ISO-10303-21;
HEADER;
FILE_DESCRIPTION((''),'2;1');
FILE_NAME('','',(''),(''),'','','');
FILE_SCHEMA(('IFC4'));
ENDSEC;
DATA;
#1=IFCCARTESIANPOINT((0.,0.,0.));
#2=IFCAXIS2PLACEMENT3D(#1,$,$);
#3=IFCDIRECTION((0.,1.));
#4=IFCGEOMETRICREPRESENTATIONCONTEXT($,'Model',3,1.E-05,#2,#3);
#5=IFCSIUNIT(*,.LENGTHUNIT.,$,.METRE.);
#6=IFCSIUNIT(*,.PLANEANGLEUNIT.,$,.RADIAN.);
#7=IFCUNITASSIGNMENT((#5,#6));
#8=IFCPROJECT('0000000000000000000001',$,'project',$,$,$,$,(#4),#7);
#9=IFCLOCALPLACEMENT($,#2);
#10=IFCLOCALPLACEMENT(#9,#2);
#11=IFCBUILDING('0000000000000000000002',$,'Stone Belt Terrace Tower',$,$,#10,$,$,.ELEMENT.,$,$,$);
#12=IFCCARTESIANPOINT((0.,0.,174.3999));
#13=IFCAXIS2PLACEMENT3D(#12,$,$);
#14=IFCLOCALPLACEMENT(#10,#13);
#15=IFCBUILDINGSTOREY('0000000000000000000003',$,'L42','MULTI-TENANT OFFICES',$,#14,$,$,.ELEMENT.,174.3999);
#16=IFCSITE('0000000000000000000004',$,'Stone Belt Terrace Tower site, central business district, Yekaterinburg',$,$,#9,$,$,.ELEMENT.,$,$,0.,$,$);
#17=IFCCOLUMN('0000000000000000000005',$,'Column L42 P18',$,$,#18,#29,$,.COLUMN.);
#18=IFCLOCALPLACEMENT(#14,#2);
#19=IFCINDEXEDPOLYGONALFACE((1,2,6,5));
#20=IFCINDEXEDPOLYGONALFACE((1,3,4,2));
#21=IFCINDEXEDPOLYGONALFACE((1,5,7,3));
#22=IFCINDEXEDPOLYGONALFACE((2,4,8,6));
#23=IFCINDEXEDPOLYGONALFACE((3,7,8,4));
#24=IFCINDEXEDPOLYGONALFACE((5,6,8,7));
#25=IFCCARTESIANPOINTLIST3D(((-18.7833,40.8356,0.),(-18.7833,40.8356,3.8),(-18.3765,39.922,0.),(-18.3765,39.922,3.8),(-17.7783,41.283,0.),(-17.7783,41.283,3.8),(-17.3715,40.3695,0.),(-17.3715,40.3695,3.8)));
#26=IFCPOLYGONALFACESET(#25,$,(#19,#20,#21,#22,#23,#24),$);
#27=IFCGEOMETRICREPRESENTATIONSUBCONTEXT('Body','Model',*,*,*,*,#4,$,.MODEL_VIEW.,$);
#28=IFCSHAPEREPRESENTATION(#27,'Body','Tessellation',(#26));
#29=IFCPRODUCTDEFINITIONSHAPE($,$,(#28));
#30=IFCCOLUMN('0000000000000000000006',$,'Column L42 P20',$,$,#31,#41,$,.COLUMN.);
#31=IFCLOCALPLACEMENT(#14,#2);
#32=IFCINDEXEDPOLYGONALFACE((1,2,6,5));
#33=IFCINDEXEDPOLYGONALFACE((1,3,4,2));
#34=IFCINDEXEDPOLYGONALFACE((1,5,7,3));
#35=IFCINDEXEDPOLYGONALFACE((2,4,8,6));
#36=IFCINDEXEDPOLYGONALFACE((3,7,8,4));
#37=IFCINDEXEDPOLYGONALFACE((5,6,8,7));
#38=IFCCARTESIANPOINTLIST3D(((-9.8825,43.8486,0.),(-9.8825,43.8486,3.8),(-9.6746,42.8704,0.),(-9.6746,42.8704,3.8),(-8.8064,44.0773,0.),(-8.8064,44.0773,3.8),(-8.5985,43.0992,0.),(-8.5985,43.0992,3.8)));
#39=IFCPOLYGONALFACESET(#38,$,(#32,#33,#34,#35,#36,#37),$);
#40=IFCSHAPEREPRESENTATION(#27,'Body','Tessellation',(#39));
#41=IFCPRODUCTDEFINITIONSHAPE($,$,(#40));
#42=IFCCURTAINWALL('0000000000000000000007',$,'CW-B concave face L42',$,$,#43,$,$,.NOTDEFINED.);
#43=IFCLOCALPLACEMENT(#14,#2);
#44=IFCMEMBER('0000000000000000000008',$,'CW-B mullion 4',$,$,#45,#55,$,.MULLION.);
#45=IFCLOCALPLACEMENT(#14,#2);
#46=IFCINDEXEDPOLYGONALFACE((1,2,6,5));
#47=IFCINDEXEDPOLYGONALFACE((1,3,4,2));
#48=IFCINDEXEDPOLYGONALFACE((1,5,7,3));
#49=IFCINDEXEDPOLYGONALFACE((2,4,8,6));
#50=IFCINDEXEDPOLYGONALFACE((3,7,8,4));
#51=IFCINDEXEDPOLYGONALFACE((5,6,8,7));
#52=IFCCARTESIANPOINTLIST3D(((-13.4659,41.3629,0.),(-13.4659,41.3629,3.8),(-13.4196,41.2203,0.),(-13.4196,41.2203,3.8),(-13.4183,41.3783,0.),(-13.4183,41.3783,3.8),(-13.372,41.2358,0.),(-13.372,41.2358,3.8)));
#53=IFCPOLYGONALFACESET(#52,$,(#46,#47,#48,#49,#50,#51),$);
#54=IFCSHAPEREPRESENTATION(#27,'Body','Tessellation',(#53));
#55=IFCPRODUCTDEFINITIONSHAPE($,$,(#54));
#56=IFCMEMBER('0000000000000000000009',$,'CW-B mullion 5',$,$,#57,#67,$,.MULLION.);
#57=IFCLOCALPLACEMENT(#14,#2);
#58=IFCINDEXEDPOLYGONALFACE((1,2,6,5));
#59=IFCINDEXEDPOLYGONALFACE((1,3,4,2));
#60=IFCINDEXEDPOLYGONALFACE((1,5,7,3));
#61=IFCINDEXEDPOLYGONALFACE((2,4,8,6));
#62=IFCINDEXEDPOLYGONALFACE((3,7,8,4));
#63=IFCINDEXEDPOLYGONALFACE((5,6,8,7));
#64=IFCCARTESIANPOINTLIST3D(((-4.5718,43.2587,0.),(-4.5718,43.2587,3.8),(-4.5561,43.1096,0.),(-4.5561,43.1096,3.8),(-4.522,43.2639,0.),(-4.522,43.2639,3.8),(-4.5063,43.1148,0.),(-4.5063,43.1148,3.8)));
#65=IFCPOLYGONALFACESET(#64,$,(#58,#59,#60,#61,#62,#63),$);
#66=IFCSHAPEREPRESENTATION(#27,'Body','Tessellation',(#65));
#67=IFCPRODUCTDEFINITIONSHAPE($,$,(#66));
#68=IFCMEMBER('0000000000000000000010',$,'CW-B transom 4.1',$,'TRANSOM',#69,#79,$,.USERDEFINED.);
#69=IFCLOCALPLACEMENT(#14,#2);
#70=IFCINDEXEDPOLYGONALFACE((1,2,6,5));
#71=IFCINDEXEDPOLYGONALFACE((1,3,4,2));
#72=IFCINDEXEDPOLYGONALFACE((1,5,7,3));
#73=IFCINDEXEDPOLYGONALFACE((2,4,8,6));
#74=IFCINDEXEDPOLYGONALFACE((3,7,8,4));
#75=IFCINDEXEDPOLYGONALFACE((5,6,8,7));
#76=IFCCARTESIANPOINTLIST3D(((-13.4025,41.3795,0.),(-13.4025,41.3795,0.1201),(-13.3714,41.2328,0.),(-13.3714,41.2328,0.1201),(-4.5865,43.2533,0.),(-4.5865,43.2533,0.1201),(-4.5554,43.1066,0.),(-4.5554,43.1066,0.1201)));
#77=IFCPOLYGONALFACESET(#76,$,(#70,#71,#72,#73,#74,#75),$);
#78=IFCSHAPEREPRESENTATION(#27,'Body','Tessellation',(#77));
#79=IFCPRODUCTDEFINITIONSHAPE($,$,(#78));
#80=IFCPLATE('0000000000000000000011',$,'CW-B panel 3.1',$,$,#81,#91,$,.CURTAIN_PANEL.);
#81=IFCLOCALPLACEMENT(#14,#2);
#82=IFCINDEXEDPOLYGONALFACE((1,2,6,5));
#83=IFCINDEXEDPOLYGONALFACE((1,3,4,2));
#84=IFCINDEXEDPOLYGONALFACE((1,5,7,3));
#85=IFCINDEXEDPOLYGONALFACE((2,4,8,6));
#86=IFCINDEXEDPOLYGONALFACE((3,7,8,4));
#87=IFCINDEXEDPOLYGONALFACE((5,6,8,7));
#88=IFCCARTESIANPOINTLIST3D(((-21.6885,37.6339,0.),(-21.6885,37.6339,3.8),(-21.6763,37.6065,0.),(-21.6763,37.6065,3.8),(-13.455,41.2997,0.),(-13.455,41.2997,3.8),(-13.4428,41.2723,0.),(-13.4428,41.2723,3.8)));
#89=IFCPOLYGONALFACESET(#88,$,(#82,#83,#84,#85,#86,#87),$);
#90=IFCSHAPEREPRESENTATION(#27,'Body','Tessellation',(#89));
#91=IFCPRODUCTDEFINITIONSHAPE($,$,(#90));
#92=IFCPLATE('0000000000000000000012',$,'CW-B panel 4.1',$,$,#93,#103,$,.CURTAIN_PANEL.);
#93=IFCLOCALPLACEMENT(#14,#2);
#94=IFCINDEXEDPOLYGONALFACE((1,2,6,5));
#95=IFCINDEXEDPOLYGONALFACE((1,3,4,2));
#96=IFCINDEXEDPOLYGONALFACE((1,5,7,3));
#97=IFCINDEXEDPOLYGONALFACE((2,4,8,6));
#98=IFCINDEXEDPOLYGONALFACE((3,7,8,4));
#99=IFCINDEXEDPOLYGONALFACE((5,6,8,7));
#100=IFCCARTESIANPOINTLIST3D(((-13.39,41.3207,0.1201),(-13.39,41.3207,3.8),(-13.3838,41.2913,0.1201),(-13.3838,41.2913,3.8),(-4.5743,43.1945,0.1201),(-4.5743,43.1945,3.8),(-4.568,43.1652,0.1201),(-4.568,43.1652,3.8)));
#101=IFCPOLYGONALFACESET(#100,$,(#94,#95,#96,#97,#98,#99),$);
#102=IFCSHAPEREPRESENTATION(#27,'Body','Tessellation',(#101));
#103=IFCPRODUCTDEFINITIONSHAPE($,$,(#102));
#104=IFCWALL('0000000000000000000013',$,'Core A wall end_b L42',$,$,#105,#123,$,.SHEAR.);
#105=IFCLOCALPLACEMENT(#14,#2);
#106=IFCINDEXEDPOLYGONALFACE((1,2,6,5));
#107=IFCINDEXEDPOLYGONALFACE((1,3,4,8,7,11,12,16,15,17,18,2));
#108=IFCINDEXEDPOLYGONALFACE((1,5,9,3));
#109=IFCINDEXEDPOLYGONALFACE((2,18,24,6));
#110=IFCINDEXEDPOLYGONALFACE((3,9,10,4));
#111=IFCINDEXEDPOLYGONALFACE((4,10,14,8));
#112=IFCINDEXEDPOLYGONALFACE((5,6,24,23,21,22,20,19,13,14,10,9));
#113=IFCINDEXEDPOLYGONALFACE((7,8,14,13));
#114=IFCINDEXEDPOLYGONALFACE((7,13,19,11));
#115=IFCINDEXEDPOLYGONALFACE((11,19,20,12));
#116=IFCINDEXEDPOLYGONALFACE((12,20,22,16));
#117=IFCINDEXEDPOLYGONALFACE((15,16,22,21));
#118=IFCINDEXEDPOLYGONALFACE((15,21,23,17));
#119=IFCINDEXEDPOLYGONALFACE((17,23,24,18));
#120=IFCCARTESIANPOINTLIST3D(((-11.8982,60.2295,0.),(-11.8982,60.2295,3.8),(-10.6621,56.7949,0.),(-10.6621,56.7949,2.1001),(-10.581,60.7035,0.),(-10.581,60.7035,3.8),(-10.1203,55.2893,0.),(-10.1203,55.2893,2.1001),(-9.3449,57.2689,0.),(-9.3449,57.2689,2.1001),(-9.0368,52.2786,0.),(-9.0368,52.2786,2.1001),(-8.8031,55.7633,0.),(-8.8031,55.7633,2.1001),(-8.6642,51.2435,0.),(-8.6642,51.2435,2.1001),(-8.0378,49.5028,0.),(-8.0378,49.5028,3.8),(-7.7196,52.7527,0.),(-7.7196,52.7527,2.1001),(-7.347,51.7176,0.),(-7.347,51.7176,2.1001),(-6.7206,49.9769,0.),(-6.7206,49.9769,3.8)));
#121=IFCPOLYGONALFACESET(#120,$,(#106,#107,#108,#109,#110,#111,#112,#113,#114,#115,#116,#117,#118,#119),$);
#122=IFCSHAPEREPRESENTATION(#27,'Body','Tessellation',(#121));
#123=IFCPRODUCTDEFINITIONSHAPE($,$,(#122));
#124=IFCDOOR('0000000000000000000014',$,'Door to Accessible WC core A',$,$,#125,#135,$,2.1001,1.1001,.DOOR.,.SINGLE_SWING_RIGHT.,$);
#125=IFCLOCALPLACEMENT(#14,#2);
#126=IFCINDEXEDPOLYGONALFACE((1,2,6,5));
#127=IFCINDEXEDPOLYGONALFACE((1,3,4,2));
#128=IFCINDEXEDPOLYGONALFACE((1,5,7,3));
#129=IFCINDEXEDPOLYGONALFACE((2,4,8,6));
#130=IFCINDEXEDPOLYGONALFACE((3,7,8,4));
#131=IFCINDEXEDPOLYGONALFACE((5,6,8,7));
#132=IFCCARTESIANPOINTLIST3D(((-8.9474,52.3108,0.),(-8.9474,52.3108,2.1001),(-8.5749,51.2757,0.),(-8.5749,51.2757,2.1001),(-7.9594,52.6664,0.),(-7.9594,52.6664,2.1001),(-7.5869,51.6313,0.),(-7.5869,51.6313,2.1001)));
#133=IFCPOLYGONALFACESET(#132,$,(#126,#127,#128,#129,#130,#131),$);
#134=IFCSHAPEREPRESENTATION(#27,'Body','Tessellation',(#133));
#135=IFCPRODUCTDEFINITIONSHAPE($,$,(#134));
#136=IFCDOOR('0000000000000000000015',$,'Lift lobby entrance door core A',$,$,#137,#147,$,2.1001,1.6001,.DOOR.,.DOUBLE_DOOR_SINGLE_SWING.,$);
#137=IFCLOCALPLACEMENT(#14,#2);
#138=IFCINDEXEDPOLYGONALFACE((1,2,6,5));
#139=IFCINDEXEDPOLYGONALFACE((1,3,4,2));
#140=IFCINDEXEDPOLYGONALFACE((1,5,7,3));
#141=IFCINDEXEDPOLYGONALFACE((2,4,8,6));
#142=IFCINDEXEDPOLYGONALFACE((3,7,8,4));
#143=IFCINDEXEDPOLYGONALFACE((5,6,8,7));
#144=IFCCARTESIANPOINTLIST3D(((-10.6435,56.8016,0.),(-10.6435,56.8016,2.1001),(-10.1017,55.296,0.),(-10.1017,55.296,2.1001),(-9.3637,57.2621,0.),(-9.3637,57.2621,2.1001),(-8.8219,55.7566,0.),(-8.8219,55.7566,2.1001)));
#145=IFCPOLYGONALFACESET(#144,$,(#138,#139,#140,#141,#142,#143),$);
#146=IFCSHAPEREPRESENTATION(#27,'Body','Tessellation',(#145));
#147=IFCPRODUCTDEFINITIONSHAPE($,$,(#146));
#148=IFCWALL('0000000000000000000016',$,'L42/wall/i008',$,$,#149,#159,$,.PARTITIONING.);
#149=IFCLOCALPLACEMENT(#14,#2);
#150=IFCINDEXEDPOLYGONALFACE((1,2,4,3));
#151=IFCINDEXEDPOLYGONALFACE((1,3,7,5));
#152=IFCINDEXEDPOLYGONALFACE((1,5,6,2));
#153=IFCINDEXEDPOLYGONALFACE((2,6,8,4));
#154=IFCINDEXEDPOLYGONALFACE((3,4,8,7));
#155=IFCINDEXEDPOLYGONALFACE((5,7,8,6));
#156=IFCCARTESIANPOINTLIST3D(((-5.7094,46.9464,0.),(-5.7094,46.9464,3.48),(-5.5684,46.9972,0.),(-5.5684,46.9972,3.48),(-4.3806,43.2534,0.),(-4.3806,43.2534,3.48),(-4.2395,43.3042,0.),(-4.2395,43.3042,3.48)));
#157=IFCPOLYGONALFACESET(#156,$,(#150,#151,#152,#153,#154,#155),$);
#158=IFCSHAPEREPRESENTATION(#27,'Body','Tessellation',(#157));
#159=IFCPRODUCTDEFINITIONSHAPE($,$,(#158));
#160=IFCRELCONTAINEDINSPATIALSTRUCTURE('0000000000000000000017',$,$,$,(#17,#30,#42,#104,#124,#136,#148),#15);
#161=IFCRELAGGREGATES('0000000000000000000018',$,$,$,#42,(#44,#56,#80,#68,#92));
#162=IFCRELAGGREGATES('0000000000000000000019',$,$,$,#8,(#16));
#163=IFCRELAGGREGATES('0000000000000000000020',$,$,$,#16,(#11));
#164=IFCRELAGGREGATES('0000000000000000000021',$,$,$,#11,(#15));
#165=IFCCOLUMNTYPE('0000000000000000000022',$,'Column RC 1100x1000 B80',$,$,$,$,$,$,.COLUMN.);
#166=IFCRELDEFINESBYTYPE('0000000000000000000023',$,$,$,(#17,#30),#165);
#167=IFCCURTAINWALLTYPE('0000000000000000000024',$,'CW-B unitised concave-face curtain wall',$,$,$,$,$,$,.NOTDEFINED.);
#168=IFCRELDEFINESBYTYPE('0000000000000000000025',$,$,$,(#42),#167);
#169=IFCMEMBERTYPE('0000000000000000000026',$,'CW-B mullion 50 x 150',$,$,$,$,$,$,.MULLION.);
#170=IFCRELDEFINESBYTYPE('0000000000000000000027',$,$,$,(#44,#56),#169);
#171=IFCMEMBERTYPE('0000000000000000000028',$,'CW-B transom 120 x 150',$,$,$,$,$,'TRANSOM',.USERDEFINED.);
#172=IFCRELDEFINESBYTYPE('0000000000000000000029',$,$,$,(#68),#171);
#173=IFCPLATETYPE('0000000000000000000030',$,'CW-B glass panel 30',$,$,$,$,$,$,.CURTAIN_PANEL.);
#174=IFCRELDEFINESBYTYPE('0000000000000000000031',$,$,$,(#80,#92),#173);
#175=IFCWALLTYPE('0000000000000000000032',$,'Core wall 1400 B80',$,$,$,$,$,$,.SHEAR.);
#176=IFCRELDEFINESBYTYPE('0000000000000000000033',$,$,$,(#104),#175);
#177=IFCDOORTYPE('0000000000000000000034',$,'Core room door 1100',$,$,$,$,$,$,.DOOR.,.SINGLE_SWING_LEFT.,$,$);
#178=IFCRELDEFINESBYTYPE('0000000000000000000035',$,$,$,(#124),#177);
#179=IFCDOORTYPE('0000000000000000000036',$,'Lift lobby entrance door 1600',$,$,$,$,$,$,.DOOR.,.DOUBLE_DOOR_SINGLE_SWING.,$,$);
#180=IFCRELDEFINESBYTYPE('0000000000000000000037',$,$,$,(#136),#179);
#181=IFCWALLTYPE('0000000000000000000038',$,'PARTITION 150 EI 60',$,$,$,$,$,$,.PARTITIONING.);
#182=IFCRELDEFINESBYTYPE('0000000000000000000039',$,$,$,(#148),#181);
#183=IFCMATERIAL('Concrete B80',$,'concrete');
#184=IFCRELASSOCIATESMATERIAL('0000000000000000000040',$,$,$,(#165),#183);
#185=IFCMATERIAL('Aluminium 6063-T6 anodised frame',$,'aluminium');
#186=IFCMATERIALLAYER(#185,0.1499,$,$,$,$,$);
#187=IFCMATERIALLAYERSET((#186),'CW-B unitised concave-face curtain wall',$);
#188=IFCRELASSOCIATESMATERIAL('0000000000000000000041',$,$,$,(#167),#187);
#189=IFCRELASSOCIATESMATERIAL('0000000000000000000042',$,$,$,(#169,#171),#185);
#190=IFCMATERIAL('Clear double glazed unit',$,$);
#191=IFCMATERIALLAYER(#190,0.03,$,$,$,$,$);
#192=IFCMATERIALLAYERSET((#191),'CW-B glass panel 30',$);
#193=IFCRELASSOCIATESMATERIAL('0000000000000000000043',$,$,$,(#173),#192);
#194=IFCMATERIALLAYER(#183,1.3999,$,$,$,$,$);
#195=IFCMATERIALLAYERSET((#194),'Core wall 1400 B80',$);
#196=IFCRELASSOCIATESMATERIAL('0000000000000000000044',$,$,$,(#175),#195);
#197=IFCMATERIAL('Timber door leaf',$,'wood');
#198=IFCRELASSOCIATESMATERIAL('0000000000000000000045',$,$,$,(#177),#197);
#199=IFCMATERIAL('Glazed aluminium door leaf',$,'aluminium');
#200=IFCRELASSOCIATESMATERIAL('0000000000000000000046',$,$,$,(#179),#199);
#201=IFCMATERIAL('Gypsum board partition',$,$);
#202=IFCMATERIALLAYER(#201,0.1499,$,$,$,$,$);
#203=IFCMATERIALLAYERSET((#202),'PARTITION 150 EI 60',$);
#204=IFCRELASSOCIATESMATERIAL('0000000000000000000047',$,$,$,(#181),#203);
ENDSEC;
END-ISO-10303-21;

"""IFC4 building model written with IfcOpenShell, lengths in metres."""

from ifc_helpers import new_model, si_unit, direction, frame, frame_2d, origin, origin_2d, place, context, subcontext, project, spatial, rectangle, extrude, material, layer, layer_set, material_profile, profile_set, type_object, element, fill, aggregate, save


model = new_model("IFC4")

# Units and contexts
model_context = context("Model", 3, precision=1e-05, world=origin(), true_north=direction((0.0, 1.0)))
body_context = subcontext(model_context, "Body", "Model", "MODEL_VIEW")
ifc_project = project(units=[si_unit("LENGTHUNIT", "METRE"), si_unit("PLANEANGLEUNIT", "RADIAN")], contexts=[model_context])

# Site, building, storey
site_placement = place(None, origin())
site = spatial("IfcSite", under=ifc_project, at=site_placement, Name="Stone Belt Terrace Tower site, central business district, Yekaterinburg", CompositionType="ELEMENT", RefElevation=0.0)
building_placement = place(site_placement, origin())
building = spatial("IfcBuilding", under=site, at=building_placement, Name="Stone Belt Terrace Tower", CompositionType="ELEMENT")
storey_placement = place(building_placement, frame((0.0, 0.0, 174.3999)))
storey = spatial("IfcBuildingStorey", under=building, at=storey_placement, Name="L42", Description="MULTI-TENANT OFFICES", CompositionType="ELEMENT", Elevation=174.3999)

# Columns
ifc_material_1 = material(Name="Concrete B80", Category="concrete")
ifc_material_profile_1 = material_profile(ifc_material_1, rectangle(XDim=1.1001, YDim=1.0, at=origin_2d()), Name="RC 1100x1000")
ifc_profile_set_1 = profile_set([ifc_material_profile_1], Name="Concrete B80")
column_type = type_object("IfcColumnType", Name="Column RC 1100x1000 B80", PredefinedType="COLUMN", material=ifc_profile_set_1)
for number, where, z_axis, x_axis, name in (
    (1, (-18.0774, 40.6025, 0.0), (0.0, 0.0, 1.0), (0.913545, 0.406737, 0.0), "Column L42 P18"),
    (2, (-9.2405, 43.4739, 0.0), (0.0, 0.0, 1.0), (0.978148, 0.207912, 0.0), "Column L42 P20"),
):
    element("IfcColumn", number, at=place(storey_placement, frame(where, z_axis=z_axis, x_axis=x_axis)), inside=storey, type_object=column_type, Name=name, PredefinedType="COLUMN", context=body_context, shape_type="SweptSolid", body=[
        extrude(rectangle(XDim=1.1001, YDim=1.0, at=origin_2d()), origin(), (0.0, 0.0, 1.0), 3.8),
    ])

# Curtain wall, members, plates
ifc_material_2 = material(Name="Aluminium 6063-T6 anodised frame", Category="aluminium")
ifc_layer_1 = layer(ifc_material_2, 0.1499)
ifc_layer_set_1 = layer_set([ifc_layer_1], Name="CW-B unitised concave-face curtain wall")
curtain_wall_type = type_object("IfcCurtainWallType", Name="CW-B unitised concave-face curtain wall", PredefinedType="NOTDEFINED", material=ifc_layer_set_1)
curtain_wall_placement = place(storey_placement, origin())
curtain_wall = element("IfcCurtainWall", 3, at=curtain_wall_placement, inside=storey, type_object=curtain_wall_type, Name="CW-B concave face L42", PredefinedType="NOTDEFINED")
ifc_material_profile_2 = material_profile(ifc_material_2, rectangle(XDim=0.1499, YDim=0.05, at=origin_2d()), Name="Aluminium 6063-T6 50x150")
ifc_profile_set_2 = profile_set([ifc_material_profile_2], Name="Aluminium 6063-T6 anodised frame")
member_type_1 = type_object("IfcMemberType", Name="CW-B mullion 50 x 150", PredefinedType="MULLION", material=ifc_profile_set_2)
member_1_placement = place(storey_placement, frame((-13.4189, 41.2993, 0.0), z_axis=(0.0, 0.0, 1.0), x_axis=(-0.309017, 0.951057, 0.0)))
member_1 = element("IfcMember", 4, at=member_1_placement, type_object=member_type_1, Name="CW-B mullion 4", PredefinedType="MULLION", context=body_context, shape_type="SweptSolid", body=[
    extrude(rectangle(XDim=0.1499, YDim=0.05, at=origin_2d()), origin(), (0.0, 0.0, 1.0), 3.8),
])
member_2_placement = place(storey_placement, frame((-4.5391, 43.1868, 0.0), z_axis=(0.0, 0.0, 1.0), x_axis=(-0.104528, 0.994522, 0.0)))
member_2 = element("IfcMember", 5, at=member_2_placement, type_object=member_type_1, Name="CW-B mullion 5", PredefinedType="MULLION", context=body_context, shape_type="SweptSolid", body=[
    extrude(rectangle(XDim=0.1499, YDim=0.05, at=origin_2d()), origin(), (0.0, 0.0, 1.0), 3.8),
])
ifc_material_profile_3 = material_profile(ifc_material_2, rectangle(XDim=0.1499, YDim=0.1201, at=origin_2d()), Name="Aluminium 6063-T6 150x120")
ifc_profile_set_3 = profile_set([ifc_material_profile_3], Name="Aluminium 6063-T6 anodised frame")
member_type_2 = type_object("IfcMemberType", Name="CW-B transom 120 x 150", ElementType="TRANSOM", PredefinedType="USERDEFINED", material=ifc_profile_set_3)
member_3_placement = place(storey_placement, frame((-13.387, 41.3062, 0.0601), z_axis=(0.97815, 0.207901, 0.0), x_axis=(-0.207901, 0.97815, 0.0)))
member_3 = element("IfcMember", 6, at=member_3_placement, type_object=member_type_2, Name="CW-B transom 4.1", ObjectType="TRANSOM", PredefinedType="USERDEFINED", context=body_context, shape_type="SweptSolid", body=[
    extrude(rectangle(XDim=0.1499, YDim=0.1201, at=origin_2d()), origin(), (0.0, 0.0, 1.0), 9.0129),
])
ifc_material_3 = material(Name="Clear double glazed unit")
ifc_layer_2 = layer(ifc_material_3, 0.03)
ifc_layer_set_2 = layer_set([ifc_layer_2], Name="CW-B glass panel 30")
plate_type = type_object("IfcPlateType", Name="CW-B glass panel 30", PredefinedType="CURTAIN_PANEL", material=ifc_layer_set_2)
plate_1_placement = place(storey_placement, frame((-17.5657, 39.4531, 0.0), z_axis=(0.0, 0.0, 1.0), x_axis=(0.913545, 0.406737, 0.0)))
plate_1 = element("IfcPlate", 7, at=plate_1_placement, type_object=plate_type, Name="CW-B panel 3.1", PredefinedType="CURTAIN_PANEL", context=body_context, shape_type="SweptSolid", body=[
    extrude(rectangle(XDim=9.0127, YDim=0.03, at=origin_2d()), origin(), (0.0, 0.0, 1.0), 3.8),
])
plate_2_placement = place(storey_placement, frame((-8.979, 42.2429, 0.1201), z_axis=(0.0, 0.0, 1.0), x_axis=(0.978148, 0.207912, 0.0)))
plate_2 = element("IfcPlate", 8, at=plate_2_placement, type_object=plate_type, Name="CW-B panel 4.1", PredefinedType="CURTAIN_PANEL", context=body_context, shape_type="SweptSolid", body=[
    extrude(rectangle(XDim=9.0127, YDim=0.03, at=origin_2d()), origin(), (0.0, 0.0, 1.0), 3.6799),
])
aggregate(curtain_wall, [member_1, member_2, plate_1, member_3, plate_2])

# Wall, openings, doors
ifc_layer_3 = layer(ifc_material_1, 1.3999)
ifc_layer_set_3 = layer_set([ifc_layer_3], Name="Core wall 1400 B80")
wall_type_1 = type_object("IfcWallType", Name="Core wall 1400 B80", PredefinedType="SHEAR", material=ifc_layer_set_3)
wall_1_placement = place(storey_placement, frame((-7.3792, 49.7397, 0.0), z_axis=(0.0, 0.0, 1.0), x_axis=(-0.338625, 0.940921, 0.0)))
wall_1 = element("IfcWall", 9, at=wall_1_placement, inside=storey, type_object=wall_type_1, Name="Core A wall end_b L42", PredefinedType="SHEAR", context=body_context, shape_type="SweptSolid", body=[
    extrude(rectangle(XDim=11.4001, YDim=1.3999, at=frame_2d((5.7002, 0.0))), origin(), (0.0, 0.0, 1.0), 3.8),
])
opening_1_placement = place(wall_1_placement, frame((6.1499, 0.0, 0.0)))
opening_1 = element("IfcOpeningElement", 10, at=opening_1_placement, cuts=wall_1, PredefinedType="OPENING", context=body_context, shape_type="SweptSolid", body=[
    extrude(rectangle(XDim=1.6001, YDim=2.1001, at=frame_2d((0.8, 1.05))), frame((0.0, 0.71, 0.0), z_axis=(0.0, -1.0, 0.0), x_axis=(1.0, 0.0, 0.0)), (0.0, 0.0, 1.0), 1.4199),
])
opening_2_placement = place(wall_1_placement, frame((1.8501, 0.0, 0.0)))
opening_2 = element("IfcOpeningElement", 11, at=opening_2_placement, cuts=wall_1, PredefinedType="OPENING", context=body_context, shape_type="SweptSolid", body=[
    extrude(rectangle(XDim=1.1001, YDim=2.1001, at=frame_2d((0.55, 1.05))), frame((0.0, 0.71, 0.0), z_axis=(0.0, -1.0, 0.0), x_axis=(1.0, 0.0, 0.0)), (0.0, 0.0, 1.0), 1.4199),
])
ifc_material_4 = material(Name="Timber door leaf", Category="wood")
door_type_1 = type_object("IfcDoorType", Name="Core room door 1100", OperationType="SINGLE_SWING_LEFT", PredefinedType="DOOR", material=ifc_material_4)
door_1_placement = place(opening_2_placement, origin())
door_1 = element("IfcDoor", 12, at=door_1_placement, inside=storey, type_object=door_type_1, Name="Door to Accessible WC core A", OperationType="SINGLE_SWING_RIGHT", OverallHeight=2.1001, OverallWidth=1.1001, PredefinedType="DOOR", context=body_context, shape_type="SweptSolid", body=[
    extrude(rectangle(XDim=1.1001, YDim=2.1001, at=frame_2d((0.55, 1.05))), frame((0.0, 0.605, 0.0), z_axis=(0.0, -1.0, 0.0), x_axis=(1.0, 0.0, 0.0)), (0.0, 0.0, 1.0), 1.05),
])
fill(opening_2, door_1)
ifc_material_5 = material(Name="Glazed aluminium door leaf", Category="aluminium")
door_type_2 = type_object("IfcDoorType", Name="Lift lobby entrance door 1600", OperationType="DOUBLE_DOOR_SINGLE_SWING", PredefinedType="DOOR", material=ifc_material_5)
door_2_placement = place(opening_1_placement, origin())
door_2 = element("IfcDoor", 13, at=door_2_placement, inside=storey, type_object=door_type_2, Name="Lift lobby entrance door core A", OperationType="DOUBLE_DOOR_SINGLE_SWING", OverallHeight=2.1001, OverallWidth=1.6001, PredefinedType="DOOR", context=body_context, shape_type="SweptSolid", body=[
    extrude(rectangle(XDim=1.6001, YDim=2.1001, at=frame_2d((0.8, 1.05))), frame((0.0, 0.6802, 0.0), z_axis=(0.0, -1.0, 0.0), x_axis=(1.0, 0.0, 0.0)), (0.0, 0.0, 1.0), 1.3601),
])
fill(opening_1, door_2)

# Wall
ifc_material_6 = material(Name="Gypsum board partition")
ifc_layer_4 = layer(ifc_material_6, 0.1499)
ifc_layer_set_4 = layer_set([ifc_layer_4], Name="PARTITION 150 EI 60")
wall_type_2 = type_object("IfcWallType", Name="PARTITION 150 EI 60", PredefinedType="PARTITIONING", material=ifc_layer_set_4)
wall_2_placement = place(storey_placement, frame((-4.3101, 43.2788, 0.0), z_axis=(0.0, 0.0, 1.0), x_axis=(-0.33857, 0.940941, 0.0)))
element("IfcWall", 14, at=wall_2_placement, inside=storey, type_object=wall_type_2, Name="L42/wall/i008", PredefinedType="PARTITIONING", context=body_context, shape_type="SweptSolid", body=[
    extrude(rectangle(XDim=3.9248, YDim=0.1499, at=frame_2d((1.9624, 0.0))), origin(), (0.0, 0.0, 1.0), 3.48),
])

save(model, "model.ifc")
